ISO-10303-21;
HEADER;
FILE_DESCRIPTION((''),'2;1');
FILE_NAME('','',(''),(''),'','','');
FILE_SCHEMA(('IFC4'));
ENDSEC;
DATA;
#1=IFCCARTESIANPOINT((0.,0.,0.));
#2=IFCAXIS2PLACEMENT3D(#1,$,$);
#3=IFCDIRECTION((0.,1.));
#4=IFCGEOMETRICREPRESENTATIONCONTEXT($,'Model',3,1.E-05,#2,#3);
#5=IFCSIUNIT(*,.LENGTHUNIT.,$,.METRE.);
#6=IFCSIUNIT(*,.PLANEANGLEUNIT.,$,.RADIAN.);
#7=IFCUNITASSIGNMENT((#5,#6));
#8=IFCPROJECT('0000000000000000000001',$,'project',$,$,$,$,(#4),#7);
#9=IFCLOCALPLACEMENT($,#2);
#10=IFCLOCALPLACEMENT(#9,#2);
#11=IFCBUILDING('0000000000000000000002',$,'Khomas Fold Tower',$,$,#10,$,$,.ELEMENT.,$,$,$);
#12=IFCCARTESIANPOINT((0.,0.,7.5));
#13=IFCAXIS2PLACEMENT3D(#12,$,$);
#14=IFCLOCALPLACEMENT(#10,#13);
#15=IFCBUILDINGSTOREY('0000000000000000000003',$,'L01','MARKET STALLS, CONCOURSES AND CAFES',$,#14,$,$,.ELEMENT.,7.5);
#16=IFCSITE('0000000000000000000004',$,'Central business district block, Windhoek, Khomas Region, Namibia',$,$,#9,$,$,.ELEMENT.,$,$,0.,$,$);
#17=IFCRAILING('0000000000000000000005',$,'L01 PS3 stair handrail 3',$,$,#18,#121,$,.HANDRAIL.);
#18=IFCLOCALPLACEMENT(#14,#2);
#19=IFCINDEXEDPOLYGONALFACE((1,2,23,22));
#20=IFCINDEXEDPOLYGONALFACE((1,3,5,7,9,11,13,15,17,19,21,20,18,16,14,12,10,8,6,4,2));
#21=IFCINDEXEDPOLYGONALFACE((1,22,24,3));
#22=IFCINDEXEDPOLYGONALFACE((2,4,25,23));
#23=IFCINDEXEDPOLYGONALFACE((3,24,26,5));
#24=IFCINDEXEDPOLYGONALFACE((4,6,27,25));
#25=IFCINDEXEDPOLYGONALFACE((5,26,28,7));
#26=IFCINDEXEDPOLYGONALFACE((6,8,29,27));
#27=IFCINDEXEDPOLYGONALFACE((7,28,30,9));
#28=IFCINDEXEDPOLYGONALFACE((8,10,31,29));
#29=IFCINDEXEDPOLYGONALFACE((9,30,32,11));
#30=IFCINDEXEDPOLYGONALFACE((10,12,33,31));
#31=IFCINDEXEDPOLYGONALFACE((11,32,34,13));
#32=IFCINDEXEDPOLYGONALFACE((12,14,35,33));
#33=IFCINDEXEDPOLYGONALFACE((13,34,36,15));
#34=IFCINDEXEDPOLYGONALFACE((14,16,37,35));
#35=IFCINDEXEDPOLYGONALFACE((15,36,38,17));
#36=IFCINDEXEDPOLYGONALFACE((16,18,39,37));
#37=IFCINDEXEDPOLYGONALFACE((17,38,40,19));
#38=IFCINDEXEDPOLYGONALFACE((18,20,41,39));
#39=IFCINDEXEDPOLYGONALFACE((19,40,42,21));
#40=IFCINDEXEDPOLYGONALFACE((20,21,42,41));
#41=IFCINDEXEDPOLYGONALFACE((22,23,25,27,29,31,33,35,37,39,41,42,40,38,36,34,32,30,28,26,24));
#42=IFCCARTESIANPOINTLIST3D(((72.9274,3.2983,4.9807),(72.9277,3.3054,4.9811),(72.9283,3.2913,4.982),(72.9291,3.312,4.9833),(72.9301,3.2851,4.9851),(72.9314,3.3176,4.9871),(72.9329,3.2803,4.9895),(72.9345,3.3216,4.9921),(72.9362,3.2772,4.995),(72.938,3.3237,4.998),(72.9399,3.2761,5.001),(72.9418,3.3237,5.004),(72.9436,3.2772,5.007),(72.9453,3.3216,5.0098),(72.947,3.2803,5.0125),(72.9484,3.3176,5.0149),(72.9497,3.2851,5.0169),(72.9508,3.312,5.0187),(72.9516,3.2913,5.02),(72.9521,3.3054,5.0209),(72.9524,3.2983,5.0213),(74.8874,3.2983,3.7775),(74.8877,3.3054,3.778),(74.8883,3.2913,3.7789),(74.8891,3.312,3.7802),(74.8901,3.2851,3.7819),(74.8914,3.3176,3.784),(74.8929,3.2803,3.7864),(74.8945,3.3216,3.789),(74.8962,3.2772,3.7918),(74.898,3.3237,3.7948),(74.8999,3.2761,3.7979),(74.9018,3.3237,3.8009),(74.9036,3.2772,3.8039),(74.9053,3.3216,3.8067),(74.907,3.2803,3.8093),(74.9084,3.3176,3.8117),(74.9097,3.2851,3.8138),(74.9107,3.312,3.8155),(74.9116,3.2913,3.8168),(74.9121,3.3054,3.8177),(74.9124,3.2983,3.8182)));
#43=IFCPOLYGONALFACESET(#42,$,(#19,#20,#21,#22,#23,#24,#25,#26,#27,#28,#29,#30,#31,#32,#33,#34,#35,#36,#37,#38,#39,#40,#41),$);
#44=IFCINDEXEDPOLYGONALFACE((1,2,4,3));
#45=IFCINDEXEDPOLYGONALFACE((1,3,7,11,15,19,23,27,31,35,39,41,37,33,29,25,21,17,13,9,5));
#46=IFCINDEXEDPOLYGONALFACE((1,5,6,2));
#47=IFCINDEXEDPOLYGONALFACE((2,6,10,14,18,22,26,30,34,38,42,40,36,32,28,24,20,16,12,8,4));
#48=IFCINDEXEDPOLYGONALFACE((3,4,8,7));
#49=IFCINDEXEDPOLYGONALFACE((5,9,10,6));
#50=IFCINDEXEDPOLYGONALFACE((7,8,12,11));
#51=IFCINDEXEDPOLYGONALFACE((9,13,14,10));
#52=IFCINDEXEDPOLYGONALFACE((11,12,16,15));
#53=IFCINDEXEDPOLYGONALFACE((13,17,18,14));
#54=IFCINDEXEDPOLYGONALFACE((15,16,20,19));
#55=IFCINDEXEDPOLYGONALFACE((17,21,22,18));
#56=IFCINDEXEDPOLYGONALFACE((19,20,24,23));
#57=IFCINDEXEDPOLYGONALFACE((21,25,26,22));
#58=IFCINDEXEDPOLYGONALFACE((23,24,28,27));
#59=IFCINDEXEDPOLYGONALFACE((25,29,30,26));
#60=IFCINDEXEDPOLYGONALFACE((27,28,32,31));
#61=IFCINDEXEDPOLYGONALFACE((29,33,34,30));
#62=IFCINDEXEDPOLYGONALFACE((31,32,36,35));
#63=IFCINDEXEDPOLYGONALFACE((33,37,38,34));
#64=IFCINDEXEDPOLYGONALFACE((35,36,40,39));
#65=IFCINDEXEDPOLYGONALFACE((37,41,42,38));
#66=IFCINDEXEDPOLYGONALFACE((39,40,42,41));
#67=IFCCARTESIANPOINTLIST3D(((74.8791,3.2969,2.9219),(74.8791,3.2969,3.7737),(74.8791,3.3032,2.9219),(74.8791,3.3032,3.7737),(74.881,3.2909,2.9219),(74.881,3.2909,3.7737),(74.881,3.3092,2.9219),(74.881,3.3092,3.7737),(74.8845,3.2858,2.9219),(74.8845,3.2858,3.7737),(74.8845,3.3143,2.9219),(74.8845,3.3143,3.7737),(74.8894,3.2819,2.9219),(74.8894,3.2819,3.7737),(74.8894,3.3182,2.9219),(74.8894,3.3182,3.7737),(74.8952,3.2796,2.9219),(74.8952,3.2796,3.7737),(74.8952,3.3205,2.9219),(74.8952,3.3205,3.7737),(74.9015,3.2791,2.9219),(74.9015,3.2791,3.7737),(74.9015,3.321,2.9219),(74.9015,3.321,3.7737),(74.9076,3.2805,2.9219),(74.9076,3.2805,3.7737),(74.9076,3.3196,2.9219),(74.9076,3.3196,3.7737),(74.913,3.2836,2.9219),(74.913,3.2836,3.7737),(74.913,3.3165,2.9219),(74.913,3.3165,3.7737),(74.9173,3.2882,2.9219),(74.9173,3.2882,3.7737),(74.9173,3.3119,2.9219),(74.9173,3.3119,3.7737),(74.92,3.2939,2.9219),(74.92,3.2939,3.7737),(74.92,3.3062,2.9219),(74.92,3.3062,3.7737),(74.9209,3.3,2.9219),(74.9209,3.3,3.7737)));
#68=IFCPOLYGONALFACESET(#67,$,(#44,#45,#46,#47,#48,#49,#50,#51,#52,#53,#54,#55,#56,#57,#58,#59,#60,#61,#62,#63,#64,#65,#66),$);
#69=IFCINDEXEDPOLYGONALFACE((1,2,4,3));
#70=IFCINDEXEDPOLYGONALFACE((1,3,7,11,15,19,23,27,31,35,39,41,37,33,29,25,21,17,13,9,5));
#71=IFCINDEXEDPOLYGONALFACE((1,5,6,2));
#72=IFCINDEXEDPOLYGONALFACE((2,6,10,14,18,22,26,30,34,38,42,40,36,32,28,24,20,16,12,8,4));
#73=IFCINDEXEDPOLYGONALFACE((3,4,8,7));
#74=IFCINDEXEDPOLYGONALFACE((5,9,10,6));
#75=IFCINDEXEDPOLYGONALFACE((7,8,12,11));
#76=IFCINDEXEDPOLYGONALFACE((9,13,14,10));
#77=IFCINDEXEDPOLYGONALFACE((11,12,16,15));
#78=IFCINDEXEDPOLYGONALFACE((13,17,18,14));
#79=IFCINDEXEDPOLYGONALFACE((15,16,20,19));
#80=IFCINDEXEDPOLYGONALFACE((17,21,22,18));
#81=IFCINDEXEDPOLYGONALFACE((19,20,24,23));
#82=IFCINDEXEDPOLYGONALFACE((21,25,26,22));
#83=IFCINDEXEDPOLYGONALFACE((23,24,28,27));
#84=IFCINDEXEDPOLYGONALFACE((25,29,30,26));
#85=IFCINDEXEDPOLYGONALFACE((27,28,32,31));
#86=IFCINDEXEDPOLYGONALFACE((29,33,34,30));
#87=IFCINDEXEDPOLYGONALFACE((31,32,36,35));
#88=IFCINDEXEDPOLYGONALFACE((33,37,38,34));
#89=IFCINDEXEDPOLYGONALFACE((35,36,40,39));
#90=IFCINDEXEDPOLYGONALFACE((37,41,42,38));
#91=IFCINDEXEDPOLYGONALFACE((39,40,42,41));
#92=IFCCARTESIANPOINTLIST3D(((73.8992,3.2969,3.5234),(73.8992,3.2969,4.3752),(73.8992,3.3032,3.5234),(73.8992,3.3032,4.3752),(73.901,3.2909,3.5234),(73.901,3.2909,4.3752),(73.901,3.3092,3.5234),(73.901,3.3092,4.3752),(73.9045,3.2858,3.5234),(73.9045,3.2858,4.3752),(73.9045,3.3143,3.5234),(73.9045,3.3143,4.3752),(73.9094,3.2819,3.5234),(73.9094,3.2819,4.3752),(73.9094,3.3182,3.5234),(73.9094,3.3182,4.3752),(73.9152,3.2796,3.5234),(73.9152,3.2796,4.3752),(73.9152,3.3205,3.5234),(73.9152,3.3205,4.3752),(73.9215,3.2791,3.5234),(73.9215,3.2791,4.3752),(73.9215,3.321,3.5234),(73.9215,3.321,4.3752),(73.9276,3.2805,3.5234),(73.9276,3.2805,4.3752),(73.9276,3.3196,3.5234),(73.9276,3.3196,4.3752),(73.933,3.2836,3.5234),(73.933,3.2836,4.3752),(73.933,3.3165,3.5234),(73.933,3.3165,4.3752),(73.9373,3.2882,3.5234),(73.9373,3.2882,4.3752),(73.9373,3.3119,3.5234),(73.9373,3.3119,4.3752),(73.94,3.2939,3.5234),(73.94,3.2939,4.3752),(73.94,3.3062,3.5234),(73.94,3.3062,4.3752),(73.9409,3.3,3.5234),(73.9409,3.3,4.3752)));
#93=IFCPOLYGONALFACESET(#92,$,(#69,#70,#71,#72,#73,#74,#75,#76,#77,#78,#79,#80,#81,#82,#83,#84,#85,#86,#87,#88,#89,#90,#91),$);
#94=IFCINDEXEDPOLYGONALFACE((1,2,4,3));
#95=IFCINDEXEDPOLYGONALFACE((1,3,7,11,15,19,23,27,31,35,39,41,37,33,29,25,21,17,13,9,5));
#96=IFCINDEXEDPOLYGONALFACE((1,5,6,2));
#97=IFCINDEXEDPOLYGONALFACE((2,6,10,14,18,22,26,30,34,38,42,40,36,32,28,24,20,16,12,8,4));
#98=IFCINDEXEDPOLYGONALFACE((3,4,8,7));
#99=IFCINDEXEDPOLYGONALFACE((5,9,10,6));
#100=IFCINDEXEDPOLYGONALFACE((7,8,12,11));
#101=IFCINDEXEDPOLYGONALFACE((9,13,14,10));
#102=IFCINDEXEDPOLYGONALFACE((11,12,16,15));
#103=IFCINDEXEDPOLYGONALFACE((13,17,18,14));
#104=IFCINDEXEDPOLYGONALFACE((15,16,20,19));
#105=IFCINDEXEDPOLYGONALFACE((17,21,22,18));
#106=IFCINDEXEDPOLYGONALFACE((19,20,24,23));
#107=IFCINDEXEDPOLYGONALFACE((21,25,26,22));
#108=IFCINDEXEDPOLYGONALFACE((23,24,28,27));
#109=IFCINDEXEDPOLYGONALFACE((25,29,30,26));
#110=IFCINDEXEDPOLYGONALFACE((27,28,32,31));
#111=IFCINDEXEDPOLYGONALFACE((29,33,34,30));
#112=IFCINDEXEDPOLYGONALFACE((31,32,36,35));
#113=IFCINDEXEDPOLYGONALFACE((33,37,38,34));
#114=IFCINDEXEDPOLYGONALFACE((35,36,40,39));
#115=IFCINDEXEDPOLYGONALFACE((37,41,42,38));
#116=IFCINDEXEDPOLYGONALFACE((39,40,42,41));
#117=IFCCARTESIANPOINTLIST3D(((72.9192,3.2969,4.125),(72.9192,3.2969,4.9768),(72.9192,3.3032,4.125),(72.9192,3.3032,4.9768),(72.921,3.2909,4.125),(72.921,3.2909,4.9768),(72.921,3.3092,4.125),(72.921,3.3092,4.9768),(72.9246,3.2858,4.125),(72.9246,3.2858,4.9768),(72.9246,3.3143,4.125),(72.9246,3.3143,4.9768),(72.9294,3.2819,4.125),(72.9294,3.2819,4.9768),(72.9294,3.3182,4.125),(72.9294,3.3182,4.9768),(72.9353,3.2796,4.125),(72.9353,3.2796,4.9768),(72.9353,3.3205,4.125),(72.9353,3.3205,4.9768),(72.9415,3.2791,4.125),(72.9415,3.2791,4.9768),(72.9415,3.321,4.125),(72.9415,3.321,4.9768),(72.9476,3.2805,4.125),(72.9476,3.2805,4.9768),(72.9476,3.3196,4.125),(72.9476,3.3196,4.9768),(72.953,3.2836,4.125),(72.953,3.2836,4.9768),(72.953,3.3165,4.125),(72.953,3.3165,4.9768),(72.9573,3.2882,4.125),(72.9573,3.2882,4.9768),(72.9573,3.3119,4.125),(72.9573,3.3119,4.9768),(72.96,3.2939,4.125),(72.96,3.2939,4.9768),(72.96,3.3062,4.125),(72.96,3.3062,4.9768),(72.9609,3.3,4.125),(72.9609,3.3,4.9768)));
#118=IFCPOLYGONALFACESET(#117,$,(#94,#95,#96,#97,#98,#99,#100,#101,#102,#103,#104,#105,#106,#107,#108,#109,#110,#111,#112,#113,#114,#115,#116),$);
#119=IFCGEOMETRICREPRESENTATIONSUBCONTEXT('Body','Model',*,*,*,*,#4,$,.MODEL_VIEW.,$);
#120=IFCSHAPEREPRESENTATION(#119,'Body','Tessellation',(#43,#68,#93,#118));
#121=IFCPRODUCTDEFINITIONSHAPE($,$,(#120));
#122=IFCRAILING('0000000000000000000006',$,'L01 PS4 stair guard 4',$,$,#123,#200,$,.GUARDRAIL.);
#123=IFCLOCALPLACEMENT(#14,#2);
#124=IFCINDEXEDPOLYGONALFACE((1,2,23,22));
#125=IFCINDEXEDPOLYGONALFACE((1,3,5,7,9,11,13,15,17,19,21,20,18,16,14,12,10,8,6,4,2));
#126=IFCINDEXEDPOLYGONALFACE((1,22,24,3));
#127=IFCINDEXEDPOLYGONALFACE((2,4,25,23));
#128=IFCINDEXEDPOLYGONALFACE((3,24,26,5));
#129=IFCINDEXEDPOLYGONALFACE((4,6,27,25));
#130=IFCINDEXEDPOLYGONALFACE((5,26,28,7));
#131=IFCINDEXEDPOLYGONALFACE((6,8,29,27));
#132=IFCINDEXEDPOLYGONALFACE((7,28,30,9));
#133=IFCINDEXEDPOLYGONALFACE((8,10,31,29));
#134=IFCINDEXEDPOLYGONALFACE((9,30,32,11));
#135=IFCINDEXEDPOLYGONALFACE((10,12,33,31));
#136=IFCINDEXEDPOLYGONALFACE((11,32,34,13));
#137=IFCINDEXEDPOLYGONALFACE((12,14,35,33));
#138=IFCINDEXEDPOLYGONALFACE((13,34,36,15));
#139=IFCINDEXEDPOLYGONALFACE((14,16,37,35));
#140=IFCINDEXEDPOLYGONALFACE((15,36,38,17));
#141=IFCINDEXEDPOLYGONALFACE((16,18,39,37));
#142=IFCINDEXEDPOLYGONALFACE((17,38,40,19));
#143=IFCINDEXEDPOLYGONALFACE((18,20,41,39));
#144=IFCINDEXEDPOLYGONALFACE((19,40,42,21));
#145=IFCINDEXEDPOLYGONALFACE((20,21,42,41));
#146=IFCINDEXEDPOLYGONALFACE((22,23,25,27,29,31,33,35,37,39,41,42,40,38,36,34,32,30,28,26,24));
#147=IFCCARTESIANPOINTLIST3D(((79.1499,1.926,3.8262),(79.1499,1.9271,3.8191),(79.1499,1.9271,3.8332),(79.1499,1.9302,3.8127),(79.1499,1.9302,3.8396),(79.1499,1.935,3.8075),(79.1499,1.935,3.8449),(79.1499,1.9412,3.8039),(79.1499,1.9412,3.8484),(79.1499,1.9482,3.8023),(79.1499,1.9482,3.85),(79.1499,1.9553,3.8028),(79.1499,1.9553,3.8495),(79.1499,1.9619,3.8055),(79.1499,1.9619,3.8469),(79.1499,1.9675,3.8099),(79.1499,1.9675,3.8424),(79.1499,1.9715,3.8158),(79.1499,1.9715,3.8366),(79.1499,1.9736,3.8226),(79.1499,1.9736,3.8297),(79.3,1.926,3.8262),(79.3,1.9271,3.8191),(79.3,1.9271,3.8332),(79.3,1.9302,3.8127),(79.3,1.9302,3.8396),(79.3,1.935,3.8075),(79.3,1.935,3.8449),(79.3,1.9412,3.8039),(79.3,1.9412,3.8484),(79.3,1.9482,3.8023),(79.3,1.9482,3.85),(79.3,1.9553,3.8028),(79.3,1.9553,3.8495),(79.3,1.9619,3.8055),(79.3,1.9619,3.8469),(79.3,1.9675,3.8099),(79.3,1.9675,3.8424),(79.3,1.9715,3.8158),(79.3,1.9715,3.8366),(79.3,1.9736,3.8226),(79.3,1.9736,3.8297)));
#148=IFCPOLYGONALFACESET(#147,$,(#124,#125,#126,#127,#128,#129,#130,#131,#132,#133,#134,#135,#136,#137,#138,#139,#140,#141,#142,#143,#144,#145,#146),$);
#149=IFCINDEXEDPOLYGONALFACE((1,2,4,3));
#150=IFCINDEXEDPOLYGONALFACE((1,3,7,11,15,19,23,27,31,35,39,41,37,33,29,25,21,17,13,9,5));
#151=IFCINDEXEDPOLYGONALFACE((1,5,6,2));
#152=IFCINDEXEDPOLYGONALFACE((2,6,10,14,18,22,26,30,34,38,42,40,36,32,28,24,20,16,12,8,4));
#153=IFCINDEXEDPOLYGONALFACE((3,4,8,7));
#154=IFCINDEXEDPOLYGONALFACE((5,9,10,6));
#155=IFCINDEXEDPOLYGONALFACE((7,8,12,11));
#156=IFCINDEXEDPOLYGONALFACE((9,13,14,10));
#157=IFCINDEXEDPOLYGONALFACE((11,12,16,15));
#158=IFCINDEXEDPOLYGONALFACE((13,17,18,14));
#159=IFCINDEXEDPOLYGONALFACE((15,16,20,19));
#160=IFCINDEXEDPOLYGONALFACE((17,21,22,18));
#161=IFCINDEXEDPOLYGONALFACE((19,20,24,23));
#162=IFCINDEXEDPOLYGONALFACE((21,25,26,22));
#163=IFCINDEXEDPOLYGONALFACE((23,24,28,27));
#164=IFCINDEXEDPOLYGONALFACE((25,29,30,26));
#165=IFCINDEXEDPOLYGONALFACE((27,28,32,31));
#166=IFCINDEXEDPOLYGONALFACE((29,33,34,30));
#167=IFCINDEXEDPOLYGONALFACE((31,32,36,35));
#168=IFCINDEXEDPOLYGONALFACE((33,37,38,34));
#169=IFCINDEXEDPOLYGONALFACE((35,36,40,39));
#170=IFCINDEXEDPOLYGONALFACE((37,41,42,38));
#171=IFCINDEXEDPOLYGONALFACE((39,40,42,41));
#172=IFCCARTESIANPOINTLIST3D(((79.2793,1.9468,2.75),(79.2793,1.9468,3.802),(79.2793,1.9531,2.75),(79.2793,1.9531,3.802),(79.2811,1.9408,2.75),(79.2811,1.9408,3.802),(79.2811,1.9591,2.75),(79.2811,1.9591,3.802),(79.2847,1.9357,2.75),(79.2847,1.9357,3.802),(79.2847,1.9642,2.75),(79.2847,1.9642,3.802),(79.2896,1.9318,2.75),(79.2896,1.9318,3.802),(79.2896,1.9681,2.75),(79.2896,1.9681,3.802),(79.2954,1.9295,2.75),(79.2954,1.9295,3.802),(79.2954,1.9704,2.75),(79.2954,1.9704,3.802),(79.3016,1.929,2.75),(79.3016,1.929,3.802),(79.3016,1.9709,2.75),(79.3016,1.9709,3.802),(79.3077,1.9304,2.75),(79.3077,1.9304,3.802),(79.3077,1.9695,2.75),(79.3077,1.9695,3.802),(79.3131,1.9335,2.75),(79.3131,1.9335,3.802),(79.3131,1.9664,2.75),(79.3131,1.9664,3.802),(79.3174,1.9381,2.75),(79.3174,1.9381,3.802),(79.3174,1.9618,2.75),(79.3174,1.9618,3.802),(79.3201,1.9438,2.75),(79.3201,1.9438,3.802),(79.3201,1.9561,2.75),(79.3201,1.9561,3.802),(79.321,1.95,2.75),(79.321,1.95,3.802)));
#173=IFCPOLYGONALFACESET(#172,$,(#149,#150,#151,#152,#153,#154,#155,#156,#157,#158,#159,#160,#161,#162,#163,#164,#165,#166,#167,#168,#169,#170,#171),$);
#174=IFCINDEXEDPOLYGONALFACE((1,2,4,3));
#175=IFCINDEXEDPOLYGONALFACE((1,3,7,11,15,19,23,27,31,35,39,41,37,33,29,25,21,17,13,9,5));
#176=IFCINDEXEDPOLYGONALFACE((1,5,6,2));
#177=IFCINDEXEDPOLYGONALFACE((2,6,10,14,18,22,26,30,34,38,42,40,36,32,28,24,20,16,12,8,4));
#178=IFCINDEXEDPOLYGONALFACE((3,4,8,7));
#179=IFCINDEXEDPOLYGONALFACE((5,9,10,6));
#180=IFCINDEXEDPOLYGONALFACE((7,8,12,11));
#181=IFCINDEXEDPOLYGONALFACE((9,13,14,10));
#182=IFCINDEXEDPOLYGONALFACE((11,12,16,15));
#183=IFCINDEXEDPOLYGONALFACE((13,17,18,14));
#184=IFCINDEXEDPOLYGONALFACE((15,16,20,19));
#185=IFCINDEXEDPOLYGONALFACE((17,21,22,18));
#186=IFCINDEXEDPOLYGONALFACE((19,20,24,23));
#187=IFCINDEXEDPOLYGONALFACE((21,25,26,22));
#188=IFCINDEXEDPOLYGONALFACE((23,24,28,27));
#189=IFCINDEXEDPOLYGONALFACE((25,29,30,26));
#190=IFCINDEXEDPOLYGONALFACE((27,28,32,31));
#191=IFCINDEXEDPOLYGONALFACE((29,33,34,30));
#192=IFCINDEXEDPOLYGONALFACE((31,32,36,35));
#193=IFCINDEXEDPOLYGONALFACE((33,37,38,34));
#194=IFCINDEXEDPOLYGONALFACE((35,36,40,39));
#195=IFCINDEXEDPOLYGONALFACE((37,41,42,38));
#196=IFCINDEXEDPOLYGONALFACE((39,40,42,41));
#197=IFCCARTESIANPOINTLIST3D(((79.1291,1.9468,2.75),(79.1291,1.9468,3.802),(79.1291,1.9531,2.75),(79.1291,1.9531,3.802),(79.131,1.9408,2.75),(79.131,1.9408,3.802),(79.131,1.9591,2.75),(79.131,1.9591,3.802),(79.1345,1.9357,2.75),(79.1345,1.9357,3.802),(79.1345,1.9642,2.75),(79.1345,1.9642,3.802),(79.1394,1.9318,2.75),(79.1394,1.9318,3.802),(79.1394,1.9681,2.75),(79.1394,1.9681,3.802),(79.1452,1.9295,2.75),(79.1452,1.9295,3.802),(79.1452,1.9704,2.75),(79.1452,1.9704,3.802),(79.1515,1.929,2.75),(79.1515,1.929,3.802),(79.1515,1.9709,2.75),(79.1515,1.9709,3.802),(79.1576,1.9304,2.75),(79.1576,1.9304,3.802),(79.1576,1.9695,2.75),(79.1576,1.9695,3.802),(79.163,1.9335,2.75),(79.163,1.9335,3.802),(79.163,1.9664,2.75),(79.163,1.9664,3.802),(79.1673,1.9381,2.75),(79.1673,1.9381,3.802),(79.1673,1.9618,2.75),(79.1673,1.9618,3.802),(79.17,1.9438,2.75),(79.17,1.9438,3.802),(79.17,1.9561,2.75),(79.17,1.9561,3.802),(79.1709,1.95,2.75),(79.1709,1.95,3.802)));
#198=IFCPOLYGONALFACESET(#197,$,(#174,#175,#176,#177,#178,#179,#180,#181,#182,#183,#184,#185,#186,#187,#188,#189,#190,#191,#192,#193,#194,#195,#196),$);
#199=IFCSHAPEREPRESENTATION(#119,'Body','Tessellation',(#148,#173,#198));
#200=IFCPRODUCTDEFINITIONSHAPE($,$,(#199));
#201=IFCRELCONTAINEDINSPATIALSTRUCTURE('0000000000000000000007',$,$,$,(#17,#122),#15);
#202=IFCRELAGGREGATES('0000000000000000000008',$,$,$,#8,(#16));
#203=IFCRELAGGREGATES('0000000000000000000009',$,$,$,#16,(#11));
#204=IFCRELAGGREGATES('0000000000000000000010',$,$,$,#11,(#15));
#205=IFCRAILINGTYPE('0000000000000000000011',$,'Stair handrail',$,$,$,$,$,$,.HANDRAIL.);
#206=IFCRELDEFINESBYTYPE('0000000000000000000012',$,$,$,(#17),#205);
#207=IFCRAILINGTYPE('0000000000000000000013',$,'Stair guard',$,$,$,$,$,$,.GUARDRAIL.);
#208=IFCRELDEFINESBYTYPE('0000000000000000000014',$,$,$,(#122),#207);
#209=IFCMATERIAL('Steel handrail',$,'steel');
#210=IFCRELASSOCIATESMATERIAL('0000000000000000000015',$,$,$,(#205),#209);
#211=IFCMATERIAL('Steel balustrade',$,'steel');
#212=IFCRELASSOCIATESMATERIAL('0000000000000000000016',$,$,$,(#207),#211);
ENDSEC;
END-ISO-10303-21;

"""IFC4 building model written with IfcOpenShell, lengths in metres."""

from ifc_helpers import new_model, si_unit, direction, frame, origin, origin_2d, place, context, subcontext, project, spatial, circle, extrude, source, transform, mapped, material, type_object, element, save


model = new_model("IFC4")

# Units and contexts
model_context = context("Model", 3, precision=1e-05, world=origin(), true_north=direction((0.0, 1.0)))
body_context = subcontext(model_context, "Body", "Model", "MODEL_VIEW")
ifc_project = project(units=[si_unit("LENGTHUNIT", "METRE"), si_unit("PLANEANGLEUNIT", "RADIAN")], contexts=[model_context])

# Site, building, storey
site_placement = place(None, origin())
site = spatial("IfcSite", under=ifc_project, at=site_placement, Name="Central business district block, Windhoek, Khomas Region, Namibia", CompositionType="ELEMENT", RefElevation=0.0)
building_placement = place(site_placement, origin())
building = spatial("IfcBuilding", under=site, at=building_placement, Name="Khomas Fold Tower", CompositionType="ELEMENT")
storey_placement = place(building_placement, frame((0.0, 0.0, 7.5)))
storey = spatial("IfcBuildingStorey", under=building, at=storey_placement, Name="L01", Description="MARKET STALLS, CONCOURSES AND CAFES", CompositionType="ELEMENT", Elevation=7.5)

# Railings
ifc_material_1 = material(Name="Steel handrail", Category="steel")
railing_type_1 = type_object("IfcRailingType", Name="Stair handrail", PredefinedType="HANDRAIL", material=ifc_material_1)
shared_shape_1 = source(origin(), body_context, "Body", "SweptSolid", [
    extrude(circle(Radius=0.0239, at=origin_2d()), frame((0.0, 0.0, 0.876), z_axis=(-0.852241, 0.0, 0.523149), x_axis=(0.0, -1.0, 0.0)), (0.0, 0.0, 1.0), 2.2998),
    extrude(circle(Radius=0.021, at=origin_2d()), origin(), (0.0, 0.0, 1.0), 0.8518),
    extrude(circle(Radius=0.021, at=origin_2d()), frame((-0.98, 0.0, 0.6016)), (0.0, 0.0, 1.0), 0.8518),
    extrude(circle(Radius=0.021, at=origin_2d()), frame((-1.96, 0.0, 1.2031)), (0.0, 0.0, 1.0), 0.8518),
])
for number, where, name in (
    (1, (74.8999, 3.3, 2.9219), "L01 PS3 stair handrail 3"),
):
    element("IfcRailing", number, at=place(storey_placement, frame(where)), inside=storey, type_object=railing_type_1, Name=name, PredefinedType="HANDRAIL", context=body_context, shape_type="MappedRepresentation", body=[
        mapped(shared_shape_1, transform((0.0, 0.0, 0.0))),
    ])
ifc_material_2 = material(Name="Steel balustrade", Category="steel")
railing_type_2 = type_object("IfcRailingType", Name="Stair guard", PredefinedType="GUARDRAIL", material=ifc_material_2)
shared_shape_2 = source(origin(), body_context, "Body", "SweptSolid", [
    extrude(circle(Radius=0.0239, at=origin_2d()), frame((0.0, 0.0, 1.0762), z_axis=(-1.0, 0.0, 0.0), x_axis=(0.0, -1.0, 0.0)), (0.0, 0.0, 1.0), 0.1501),
    extrude(circle(Radius=0.021, at=origin_2d()), origin(), (0.0, 0.0, 1.0), 1.052),
    extrude(circle(Radius=0.021, at=origin_2d()), frame((-0.1501, 0.0, 0.0)), (0.0, 0.0, 1.0), 1.052),
])
for number, where, name in (
    (2, (79.3, 1.95, 2.75), "L01 PS4 stair guard 4"),
):
    element("IfcRailing", number, at=place(storey_placement, frame(where)), inside=storey, type_object=railing_type_2, Name=name, PredefinedType="GUARDRAIL", context=body_context, shape_type="MappedRepresentation", body=[
        mapped(shared_shape_2, transform((0.0, 0.0, 0.0))),
    ])

save(model, "model.ifc")
